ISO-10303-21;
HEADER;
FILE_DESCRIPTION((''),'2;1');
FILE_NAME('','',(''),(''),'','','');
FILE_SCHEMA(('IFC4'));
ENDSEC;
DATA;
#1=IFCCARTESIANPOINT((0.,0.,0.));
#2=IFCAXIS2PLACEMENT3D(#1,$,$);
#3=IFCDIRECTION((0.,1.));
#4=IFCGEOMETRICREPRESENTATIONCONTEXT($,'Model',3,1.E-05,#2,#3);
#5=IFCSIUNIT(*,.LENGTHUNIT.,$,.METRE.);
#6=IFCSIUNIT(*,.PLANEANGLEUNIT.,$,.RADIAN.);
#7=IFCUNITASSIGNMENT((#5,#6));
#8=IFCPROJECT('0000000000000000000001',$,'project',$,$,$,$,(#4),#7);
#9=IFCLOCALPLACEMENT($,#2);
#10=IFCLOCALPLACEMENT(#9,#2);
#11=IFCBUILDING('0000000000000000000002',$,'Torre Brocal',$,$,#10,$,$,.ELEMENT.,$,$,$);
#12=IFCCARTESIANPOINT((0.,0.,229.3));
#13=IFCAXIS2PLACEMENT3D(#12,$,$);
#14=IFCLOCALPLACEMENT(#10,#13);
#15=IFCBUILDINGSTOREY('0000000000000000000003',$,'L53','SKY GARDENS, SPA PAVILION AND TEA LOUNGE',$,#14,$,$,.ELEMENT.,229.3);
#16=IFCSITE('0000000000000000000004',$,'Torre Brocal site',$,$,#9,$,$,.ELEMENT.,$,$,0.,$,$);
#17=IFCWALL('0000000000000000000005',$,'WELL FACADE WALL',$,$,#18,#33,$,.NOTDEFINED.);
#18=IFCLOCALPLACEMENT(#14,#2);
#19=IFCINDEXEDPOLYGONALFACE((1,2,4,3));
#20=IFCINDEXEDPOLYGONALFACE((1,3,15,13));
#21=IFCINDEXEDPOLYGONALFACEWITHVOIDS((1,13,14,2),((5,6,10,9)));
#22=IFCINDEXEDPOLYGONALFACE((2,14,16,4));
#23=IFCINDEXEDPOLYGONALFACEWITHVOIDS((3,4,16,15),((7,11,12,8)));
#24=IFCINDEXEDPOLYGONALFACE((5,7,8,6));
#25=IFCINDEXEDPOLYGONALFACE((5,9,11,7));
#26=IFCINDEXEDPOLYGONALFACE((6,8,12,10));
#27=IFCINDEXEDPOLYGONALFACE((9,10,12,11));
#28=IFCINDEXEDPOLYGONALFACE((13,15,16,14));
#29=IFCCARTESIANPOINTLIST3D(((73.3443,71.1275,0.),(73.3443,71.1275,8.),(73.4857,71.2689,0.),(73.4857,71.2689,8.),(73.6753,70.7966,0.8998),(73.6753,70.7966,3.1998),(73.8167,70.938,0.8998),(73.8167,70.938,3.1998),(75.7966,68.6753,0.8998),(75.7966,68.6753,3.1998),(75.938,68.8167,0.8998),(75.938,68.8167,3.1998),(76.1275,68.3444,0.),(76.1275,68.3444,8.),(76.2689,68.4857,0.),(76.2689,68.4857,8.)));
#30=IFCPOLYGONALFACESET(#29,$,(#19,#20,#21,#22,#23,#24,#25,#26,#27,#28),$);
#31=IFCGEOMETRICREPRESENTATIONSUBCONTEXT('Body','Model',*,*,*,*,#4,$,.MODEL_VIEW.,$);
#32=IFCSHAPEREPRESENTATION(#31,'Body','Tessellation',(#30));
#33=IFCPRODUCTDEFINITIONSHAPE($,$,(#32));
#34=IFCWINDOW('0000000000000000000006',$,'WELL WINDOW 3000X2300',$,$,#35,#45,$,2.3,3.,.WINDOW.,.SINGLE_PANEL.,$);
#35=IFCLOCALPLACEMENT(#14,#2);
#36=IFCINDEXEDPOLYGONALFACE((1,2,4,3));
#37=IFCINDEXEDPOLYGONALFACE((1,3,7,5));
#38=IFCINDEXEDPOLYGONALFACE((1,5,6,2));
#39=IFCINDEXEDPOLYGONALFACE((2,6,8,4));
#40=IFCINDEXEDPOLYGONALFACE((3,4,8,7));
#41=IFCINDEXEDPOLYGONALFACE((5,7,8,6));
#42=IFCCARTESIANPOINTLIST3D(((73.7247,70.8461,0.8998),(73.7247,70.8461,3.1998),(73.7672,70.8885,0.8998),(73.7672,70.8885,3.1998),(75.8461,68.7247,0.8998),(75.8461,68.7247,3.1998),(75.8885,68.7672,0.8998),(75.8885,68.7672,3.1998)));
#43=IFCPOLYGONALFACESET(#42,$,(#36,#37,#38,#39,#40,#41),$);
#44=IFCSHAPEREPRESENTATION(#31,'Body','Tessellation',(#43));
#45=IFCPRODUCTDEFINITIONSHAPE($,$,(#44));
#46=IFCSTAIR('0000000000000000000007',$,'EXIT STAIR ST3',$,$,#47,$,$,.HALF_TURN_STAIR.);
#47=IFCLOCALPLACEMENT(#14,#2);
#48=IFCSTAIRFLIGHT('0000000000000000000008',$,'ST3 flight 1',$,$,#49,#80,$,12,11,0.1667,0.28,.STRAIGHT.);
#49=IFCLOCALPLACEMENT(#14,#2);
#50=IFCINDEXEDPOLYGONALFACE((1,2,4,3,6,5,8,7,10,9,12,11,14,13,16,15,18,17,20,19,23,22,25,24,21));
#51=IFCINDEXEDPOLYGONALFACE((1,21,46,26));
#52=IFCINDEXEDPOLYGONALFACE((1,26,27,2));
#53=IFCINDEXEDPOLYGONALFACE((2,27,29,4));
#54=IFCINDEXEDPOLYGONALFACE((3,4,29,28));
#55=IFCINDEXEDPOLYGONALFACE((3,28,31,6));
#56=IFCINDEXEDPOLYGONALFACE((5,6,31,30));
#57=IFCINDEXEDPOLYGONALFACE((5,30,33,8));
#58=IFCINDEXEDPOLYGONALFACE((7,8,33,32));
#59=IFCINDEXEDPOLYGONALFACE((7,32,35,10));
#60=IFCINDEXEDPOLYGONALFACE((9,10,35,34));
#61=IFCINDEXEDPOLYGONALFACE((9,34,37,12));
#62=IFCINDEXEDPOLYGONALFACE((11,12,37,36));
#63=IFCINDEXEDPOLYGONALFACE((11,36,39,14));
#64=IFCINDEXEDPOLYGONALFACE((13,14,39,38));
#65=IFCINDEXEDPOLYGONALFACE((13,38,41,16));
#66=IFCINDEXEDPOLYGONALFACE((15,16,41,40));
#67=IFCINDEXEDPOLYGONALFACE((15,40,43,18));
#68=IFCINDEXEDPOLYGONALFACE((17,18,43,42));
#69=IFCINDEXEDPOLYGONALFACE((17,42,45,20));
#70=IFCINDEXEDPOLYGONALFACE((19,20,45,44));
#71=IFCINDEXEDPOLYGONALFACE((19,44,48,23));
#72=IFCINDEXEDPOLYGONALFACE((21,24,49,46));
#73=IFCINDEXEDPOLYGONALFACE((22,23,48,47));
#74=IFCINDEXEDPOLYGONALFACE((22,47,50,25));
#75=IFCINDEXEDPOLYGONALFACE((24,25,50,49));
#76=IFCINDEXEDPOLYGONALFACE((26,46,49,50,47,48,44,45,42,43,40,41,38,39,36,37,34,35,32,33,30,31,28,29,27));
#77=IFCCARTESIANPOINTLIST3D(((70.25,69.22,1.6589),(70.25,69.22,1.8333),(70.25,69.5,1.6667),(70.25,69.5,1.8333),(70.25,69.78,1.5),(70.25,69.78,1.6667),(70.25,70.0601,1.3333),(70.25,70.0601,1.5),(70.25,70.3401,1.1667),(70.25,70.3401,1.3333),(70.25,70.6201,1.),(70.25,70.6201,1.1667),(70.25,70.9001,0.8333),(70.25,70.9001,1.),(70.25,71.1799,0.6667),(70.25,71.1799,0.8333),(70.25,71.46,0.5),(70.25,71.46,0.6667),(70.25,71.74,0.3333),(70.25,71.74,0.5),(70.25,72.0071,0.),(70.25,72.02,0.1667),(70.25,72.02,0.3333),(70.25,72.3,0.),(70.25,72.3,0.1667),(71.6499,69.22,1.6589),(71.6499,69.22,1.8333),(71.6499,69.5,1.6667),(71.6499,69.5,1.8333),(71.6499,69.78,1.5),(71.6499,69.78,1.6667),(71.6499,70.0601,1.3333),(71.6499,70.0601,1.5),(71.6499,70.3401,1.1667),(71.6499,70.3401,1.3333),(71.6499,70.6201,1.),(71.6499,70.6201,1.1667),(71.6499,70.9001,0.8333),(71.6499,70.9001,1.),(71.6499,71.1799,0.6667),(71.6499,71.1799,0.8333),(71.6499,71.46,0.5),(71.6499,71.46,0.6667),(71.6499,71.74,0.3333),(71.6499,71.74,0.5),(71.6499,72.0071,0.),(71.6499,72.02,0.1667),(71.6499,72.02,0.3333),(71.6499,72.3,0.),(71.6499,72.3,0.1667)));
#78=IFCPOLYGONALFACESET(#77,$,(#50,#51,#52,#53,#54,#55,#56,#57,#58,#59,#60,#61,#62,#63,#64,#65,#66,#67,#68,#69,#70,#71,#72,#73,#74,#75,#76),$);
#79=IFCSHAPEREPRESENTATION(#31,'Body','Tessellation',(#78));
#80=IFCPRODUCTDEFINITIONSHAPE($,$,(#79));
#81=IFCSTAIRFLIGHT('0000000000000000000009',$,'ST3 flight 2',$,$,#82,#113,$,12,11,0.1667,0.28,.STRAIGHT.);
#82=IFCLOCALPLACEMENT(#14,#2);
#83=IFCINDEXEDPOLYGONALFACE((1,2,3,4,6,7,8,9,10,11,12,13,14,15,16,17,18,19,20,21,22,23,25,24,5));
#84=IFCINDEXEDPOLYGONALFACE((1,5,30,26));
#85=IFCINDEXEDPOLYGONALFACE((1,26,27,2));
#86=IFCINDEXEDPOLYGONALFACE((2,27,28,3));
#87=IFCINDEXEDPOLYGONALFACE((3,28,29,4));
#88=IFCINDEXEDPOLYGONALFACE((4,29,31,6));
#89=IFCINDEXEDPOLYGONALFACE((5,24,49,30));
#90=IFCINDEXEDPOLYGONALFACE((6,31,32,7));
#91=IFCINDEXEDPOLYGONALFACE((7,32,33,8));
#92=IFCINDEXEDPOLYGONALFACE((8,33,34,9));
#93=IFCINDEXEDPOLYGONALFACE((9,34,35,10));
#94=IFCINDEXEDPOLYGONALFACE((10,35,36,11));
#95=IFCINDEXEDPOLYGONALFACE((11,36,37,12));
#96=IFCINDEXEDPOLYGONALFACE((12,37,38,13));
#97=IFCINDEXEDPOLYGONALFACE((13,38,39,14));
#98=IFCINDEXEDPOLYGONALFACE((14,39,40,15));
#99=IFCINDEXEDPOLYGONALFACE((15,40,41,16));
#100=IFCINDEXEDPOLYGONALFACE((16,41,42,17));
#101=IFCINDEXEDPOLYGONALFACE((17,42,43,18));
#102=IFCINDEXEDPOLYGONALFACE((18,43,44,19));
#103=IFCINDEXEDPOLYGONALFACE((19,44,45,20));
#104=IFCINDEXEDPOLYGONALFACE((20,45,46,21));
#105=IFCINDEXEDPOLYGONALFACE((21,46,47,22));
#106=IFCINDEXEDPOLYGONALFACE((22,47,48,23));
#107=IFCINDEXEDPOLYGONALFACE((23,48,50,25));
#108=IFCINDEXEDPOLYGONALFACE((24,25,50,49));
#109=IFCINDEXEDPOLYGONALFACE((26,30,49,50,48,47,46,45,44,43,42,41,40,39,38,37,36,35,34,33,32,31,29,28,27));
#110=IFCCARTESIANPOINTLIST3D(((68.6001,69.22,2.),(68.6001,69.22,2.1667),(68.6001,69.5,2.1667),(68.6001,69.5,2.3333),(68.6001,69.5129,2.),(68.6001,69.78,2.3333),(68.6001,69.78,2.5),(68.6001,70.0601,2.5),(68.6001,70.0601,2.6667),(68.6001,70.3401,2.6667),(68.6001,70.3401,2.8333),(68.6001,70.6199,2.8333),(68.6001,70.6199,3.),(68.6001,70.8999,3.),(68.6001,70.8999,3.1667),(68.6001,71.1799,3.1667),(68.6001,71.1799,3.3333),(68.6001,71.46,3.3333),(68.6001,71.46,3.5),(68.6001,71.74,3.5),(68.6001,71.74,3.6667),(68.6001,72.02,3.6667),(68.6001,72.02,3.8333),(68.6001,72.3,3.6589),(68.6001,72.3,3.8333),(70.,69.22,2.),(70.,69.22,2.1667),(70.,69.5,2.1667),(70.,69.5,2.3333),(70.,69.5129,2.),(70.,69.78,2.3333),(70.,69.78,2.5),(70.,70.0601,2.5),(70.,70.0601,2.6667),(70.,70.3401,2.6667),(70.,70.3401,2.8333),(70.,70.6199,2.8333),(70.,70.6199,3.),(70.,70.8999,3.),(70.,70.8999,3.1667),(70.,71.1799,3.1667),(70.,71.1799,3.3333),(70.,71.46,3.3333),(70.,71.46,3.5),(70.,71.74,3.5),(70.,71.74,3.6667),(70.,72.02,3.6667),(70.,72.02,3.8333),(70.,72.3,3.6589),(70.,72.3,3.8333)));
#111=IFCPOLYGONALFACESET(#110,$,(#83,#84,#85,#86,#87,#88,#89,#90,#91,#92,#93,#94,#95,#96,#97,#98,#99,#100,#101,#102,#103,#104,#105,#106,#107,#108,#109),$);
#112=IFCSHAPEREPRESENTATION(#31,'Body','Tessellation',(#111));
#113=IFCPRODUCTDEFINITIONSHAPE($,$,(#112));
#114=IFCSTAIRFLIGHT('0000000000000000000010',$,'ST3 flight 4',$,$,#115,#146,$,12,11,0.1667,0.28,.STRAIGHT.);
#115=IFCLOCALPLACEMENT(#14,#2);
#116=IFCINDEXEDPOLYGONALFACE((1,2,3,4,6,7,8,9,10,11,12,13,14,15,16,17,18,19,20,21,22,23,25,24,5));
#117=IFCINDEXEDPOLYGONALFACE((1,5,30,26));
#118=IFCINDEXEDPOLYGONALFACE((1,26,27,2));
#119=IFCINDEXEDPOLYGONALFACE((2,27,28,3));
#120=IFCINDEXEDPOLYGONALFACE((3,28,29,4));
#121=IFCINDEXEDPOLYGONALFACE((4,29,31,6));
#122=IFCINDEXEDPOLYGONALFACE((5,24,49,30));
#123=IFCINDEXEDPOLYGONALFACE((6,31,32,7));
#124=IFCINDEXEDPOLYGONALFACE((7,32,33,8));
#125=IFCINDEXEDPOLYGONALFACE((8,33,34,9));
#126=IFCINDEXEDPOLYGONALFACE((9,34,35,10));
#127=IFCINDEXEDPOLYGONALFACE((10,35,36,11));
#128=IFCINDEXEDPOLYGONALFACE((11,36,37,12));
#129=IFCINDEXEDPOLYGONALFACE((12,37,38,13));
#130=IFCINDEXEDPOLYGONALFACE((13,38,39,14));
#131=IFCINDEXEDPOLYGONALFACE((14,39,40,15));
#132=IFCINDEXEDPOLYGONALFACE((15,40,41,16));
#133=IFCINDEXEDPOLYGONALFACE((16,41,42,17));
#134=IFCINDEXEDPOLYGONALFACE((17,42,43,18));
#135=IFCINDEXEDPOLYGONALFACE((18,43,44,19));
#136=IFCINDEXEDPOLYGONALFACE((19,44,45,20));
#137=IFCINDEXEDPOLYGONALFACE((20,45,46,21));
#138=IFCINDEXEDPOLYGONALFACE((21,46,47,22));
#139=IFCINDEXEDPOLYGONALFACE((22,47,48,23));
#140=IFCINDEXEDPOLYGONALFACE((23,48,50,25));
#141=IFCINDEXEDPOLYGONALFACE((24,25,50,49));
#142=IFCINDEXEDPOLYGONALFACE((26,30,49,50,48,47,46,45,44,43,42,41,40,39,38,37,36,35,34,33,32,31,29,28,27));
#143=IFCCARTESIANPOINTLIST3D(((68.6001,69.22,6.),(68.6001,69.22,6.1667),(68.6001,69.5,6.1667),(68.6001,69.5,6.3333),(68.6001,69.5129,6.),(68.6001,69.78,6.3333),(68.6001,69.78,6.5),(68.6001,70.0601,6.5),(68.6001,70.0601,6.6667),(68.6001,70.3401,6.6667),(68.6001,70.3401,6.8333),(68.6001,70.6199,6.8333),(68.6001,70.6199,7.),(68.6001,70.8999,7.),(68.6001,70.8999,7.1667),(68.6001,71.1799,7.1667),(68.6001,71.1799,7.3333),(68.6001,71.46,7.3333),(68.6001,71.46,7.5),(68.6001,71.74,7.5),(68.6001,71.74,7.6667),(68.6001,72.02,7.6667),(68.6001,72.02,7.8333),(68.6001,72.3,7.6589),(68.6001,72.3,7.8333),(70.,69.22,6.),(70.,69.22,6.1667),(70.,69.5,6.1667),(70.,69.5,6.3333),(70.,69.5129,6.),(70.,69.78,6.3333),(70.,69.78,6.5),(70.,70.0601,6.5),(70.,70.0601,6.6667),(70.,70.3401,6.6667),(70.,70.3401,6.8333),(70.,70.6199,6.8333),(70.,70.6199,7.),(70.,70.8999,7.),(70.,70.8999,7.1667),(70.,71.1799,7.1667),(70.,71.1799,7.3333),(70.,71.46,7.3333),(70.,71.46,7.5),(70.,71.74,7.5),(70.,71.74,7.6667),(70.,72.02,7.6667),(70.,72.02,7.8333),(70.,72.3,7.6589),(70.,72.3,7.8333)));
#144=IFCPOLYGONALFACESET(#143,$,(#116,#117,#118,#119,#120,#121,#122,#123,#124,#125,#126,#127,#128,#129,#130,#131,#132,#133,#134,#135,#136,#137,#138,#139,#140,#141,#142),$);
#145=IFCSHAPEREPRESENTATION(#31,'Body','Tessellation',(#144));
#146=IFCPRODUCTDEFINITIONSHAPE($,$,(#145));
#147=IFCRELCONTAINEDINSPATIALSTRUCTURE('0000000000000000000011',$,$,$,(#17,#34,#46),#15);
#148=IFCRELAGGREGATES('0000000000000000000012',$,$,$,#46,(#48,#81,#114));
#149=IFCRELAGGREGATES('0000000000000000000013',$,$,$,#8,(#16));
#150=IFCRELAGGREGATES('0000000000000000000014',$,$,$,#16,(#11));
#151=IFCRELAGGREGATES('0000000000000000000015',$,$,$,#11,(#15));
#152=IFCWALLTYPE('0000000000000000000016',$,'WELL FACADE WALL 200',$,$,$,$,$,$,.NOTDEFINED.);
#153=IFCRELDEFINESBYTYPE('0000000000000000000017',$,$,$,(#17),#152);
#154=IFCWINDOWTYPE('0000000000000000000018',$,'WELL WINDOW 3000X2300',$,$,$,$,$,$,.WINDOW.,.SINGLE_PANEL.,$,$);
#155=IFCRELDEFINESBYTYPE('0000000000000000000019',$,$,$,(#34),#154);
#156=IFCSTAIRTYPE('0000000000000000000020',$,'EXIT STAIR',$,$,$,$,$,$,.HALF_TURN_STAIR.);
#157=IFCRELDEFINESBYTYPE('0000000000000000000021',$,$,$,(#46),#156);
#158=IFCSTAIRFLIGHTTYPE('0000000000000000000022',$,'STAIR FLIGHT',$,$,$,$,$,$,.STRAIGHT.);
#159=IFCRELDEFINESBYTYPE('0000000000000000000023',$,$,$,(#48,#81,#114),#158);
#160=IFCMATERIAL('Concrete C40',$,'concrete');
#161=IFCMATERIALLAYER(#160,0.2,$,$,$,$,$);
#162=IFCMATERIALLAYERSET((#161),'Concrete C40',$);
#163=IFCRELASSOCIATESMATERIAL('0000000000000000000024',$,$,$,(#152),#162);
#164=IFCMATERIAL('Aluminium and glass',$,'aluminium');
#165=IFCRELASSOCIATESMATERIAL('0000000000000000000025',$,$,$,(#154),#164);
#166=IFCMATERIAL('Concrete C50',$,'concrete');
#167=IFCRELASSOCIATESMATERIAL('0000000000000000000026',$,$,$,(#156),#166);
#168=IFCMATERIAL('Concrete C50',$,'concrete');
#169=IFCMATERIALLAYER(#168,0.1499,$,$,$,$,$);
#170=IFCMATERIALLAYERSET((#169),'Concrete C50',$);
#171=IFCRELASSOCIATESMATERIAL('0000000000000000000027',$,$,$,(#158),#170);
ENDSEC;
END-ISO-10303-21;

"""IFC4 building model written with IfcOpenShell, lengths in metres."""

from ifc_helpers import new_model, si_unit, direction, frame, frame_2d, origin, place, context, subcontext, project, spatial, polyline, rectangle, outline, extrude, material, layer, layer_set, type_object, element, fill, aggregate, save


model = new_model("IFC4")

# Units and contexts
model_context = context("Model", 3, precision=1e-05, world=origin(), true_north=direction((0.0, 1.0)))
body_context = subcontext(model_context, "Body", "Model", "MODEL_VIEW")
ifc_project = project(units=[si_unit("LENGTHUNIT", "METRE"), si_unit("PLANEANGLEUNIT", "RADIAN")], contexts=[model_context])

# Site, building, storey
site_placement = place(None, origin())
site = spatial("IfcSite", under=ifc_project, at=site_placement, Name="Torre Brocal site", CompositionType="ELEMENT", RefElevation=0.0)
building_placement = place(site_placement, origin())
building = spatial("IfcBuilding", under=site, at=building_placement, Name="Torre Brocal", CompositionType="ELEMENT")
storey_placement = place(building_placement, frame((0.0, 0.0, 229.3)))
storey = spatial("IfcBuildingStorey", under=building, at=storey_placement, Name="L53", Description="SKY GARDENS, SPA PAVILION AND TEA LOUNGE", CompositionType="ELEMENT", Elevation=229.3)

# Wall, opening, window
ifc_material_1 = material(Name="Concrete C40", Category="concrete")
ifc_layer_1 = layer(ifc_material_1, 0.2)
ifc_layer_set_1 = layer_set([ifc_layer_1], Name="Concrete C40")
wall_type_1 = type_object("IfcWallType", Name="WELL FACADE WALL 200", PredefinedType="NOTDEFINED", material=ifc_layer_set_1)
wall_1_placement = place(storey_placement, frame((73.415, 71.1982, 0.0), z_axis=(0.0, 0.0, 1.0), x_axis=(0.707107, -0.707107, 0.0)))
wall_1 = element("IfcWall", 1, at=wall_1_placement, inside=storey, type_object=wall_type_1, Name="WELL FACADE WALL", PredefinedType="NOTDEFINED", context=body_context, shape_type="SweptSolid", body=[
    extrude(rectangle(XDim=3.936, YDim=0.2, at=frame_2d((1.968, 0.0))), origin(), (0.0, 0.0, 1.0), 8.0),
])
opening_1_placement = place(wall_1_placement, frame((0.468, 0.0, 0.8999)))
opening_1 = element("IfcOpeningElement", 2, at=opening_1_placement, cuts=wall_1, PredefinedType="OPENING", context=body_context, shape_type="SweptSolid", body=[
    extrude(rectangle(XDim=3.0, YDim=2.3, at=frame_2d((1.5, 1.1499))), frame((0.0, 0.1099, 0.0), z_axis=(0.0, -1.0, 0.0), x_axis=(1.0, 0.0, 0.0)), (0.0, 0.0, 1.0), 0.22),
])
ifc_material_2 = material(Name="Aluminium and glass", Category="aluminium")
window_type_1 = type_object("IfcWindowType", Name="WELL WINDOW 3000X2300", PartitioningType="SINGLE_PANEL", PredefinedType="WINDOW", material=ifc_material_2)
window_1_placement = place(opening_1_placement, origin())
window_1 = element("IfcWindow", 3, at=window_1_placement, inside=storey, type_object=window_type_1, Name="WELL WINDOW 3000X2300", OverallHeight=2.3, OverallWidth=3.0, PartitioningType="SINGLE_PANEL", PredefinedType="WINDOW", context=body_context, shape_type="SweptSolid", body=[
    extrude(rectangle(XDim=3.0, YDim=2.3, at=frame_2d((1.5, 1.1499))), frame((0.0, 0.03, 0.0), z_axis=(0.0, -1.0, 0.0), x_axis=(1.0, 0.0, 0.0)), (0.0, 0.0, 1.0), 0.0601),
])
fill(opening_1, window_1)

# Stair, stair flights
ifc_material_3 = material(Name="Concrete C50", Category="concrete")
stair_type = type_object("IfcStairType", Name="EXIT STAIR", PredefinedType="HALF_TURN_STAIR", material=ifc_material_3)
stair_placement = place(storey_placement, origin())
stair = element("IfcStair", 4, at=stair_placement, inside=storey, type_object=stair_type, Name="EXIT STAIR ST3", PredefinedType="HALF_TURN_STAIR")
ifc_material_4 = material(Name="Concrete C50", Category="concrete")
ifc_layer_2 = layer(ifc_material_4, 0.1499)
ifc_layer_set_2 = layer_set([ifc_layer_2], Name="Concrete C50")
stair_flight_type = type_object("IfcStairFlightType", Name="STAIR FLIGHT", PredefinedType="STRAIGHT", material=ifc_layer_set_2)
stair_flight_1_placement = place(storey_placement, frame((70.95, 72.3, 0.0), z_axis=(0.0, 0.0, 1.0), x_axis=(0.0, -1.0, 0.0)))
stair_flight_1 = element("IfcStairFlight", 5, at=stair_flight_1_placement, type_object=stair_flight_type, Name="ST3 flight 1", NumberOfRisers=12, NumberOfTreads=11, PredefinedType="STRAIGHT", RiserHeight=0.1667, TreadLength=0.28, context=body_context, shape_type="SweptSolid", body=[
    extrude(outline(polyline([(0.0, 0.0), (0.0, 0.1667), (0.28, 0.1667), (0.28, 0.3333), (0.5601, 0.3333), (0.5601, 0.5), (0.8401, 0.5), (0.8401, 0.6667), (1.1201, 0.6667), (1.1201, 0.8333), (1.3999, 0.8333), (1.3999, 1.0), (1.6799, 1.0), (1.6799, 1.1667), (1.96, 1.1667), (1.96, 1.3333), (2.24, 1.3333), (2.24, 1.5), (2.52, 1.5), (2.52, 1.6667), (2.8, 1.6667), (2.8, 1.8333), (3.0801, 1.8333), (3.0801, 2.0), (3.0801, 1.6589), (0.293, 0.0), (0.0, 0.0)])), frame((0.0, 0.7, 0.0), z_axis=(0.0, -1.0, 0.0), x_axis=(1.0, 0.0, 0.0)), (0.0, 0.0, 1.0), 1.3999),
])
stair_flight_2_placement = place(storey_placement, frame((69.3, 69.22, 2.0), z_axis=(0.0, 0.0, 1.0), x_axis=(0.0, 1.0, 0.0)))
stair_flight_2 = element("IfcStairFlight", 6, at=stair_flight_2_placement, type_object=stair_flight_type, Name="ST3 flight 2", NumberOfRisers=12, NumberOfTreads=11, PredefinedType="STRAIGHT", RiserHeight=0.1667, TreadLength=0.28, context=body_context, shape_type="SweptSolid", body=[
    extrude(outline(polyline([(0.0, 0.0), (0.0, 0.1667), (0.28, 0.1667), (0.28, 0.3333), (0.5601, 0.3333), (0.5601, 0.5), (0.8401, 0.5), (0.8401, 0.6667), (1.1201, 0.6667), (1.1201, 0.8333), (1.3999, 0.8333), (1.3999, 1.0), (1.6799, 1.0), (1.6799, 1.1667), (1.96, 1.1667), (1.96, 1.3333), (2.24, 1.3333), (2.24, 1.5), (2.52, 1.5), (2.52, 1.6667), (2.8, 1.6667), (2.8, 1.8333), (3.0801, 1.8333), (3.0801, 2.0), (3.0801, 1.6589), (0.293, 0.0), (0.0, 0.0)])), frame((0.0, 0.7, 0.0), z_axis=(0.0, -1.0, 0.0), x_axis=(1.0, 0.0, 0.0)), (0.0, 0.0, 1.0), 1.3999),
])
stair_flight_3_placement = place(storey_placement, frame((69.3, 69.22, 6.0), z_axis=(0.0, 0.0, 1.0), x_axis=(0.0, 1.0, 0.0)))
stair_flight_3 = element("IfcStairFlight", 7, at=stair_flight_3_placement, type_object=stair_flight_type, Name="ST3 flight 4", NumberOfRisers=12, NumberOfTreads=11, PredefinedType="STRAIGHT", RiserHeight=0.1667, TreadLength=0.28, context=body_context, shape_type="SweptSolid", body=[
    extrude(outline(polyline([(0.0, 0.0), (0.0, 0.1667), (0.28, 0.1667), (0.28, 0.3333), (0.5601, 0.3333), (0.5601, 0.5), (0.8401, 0.5), (0.8401, 0.6667), (1.1201, 0.6667), (1.1201, 0.8333), (1.3999, 0.8333), (1.3999, 1.0), (1.6799, 1.0), (1.6799, 1.1667), (1.96, 1.1667), (1.96, 1.3333), (2.24, 1.3333), (2.24, 1.5), (2.52, 1.5), (2.52, 1.6667), (2.8, 1.6667), (2.8, 1.8333), (3.0801, 1.8333), (3.0801, 2.0), (3.0801, 1.6589), (0.293, 0.0), (0.0, 0.0)])), frame((0.0, 0.7, 0.0), z_axis=(0.0, -1.0, 0.0), x_axis=(1.0, 0.0, 0.0)), (0.0, 0.0, 1.0), 1.3999),
])
aggregate(stair, [stair_flight_1, stair_flight_2, stair_flight_3])

save(model, "model.ifc")
